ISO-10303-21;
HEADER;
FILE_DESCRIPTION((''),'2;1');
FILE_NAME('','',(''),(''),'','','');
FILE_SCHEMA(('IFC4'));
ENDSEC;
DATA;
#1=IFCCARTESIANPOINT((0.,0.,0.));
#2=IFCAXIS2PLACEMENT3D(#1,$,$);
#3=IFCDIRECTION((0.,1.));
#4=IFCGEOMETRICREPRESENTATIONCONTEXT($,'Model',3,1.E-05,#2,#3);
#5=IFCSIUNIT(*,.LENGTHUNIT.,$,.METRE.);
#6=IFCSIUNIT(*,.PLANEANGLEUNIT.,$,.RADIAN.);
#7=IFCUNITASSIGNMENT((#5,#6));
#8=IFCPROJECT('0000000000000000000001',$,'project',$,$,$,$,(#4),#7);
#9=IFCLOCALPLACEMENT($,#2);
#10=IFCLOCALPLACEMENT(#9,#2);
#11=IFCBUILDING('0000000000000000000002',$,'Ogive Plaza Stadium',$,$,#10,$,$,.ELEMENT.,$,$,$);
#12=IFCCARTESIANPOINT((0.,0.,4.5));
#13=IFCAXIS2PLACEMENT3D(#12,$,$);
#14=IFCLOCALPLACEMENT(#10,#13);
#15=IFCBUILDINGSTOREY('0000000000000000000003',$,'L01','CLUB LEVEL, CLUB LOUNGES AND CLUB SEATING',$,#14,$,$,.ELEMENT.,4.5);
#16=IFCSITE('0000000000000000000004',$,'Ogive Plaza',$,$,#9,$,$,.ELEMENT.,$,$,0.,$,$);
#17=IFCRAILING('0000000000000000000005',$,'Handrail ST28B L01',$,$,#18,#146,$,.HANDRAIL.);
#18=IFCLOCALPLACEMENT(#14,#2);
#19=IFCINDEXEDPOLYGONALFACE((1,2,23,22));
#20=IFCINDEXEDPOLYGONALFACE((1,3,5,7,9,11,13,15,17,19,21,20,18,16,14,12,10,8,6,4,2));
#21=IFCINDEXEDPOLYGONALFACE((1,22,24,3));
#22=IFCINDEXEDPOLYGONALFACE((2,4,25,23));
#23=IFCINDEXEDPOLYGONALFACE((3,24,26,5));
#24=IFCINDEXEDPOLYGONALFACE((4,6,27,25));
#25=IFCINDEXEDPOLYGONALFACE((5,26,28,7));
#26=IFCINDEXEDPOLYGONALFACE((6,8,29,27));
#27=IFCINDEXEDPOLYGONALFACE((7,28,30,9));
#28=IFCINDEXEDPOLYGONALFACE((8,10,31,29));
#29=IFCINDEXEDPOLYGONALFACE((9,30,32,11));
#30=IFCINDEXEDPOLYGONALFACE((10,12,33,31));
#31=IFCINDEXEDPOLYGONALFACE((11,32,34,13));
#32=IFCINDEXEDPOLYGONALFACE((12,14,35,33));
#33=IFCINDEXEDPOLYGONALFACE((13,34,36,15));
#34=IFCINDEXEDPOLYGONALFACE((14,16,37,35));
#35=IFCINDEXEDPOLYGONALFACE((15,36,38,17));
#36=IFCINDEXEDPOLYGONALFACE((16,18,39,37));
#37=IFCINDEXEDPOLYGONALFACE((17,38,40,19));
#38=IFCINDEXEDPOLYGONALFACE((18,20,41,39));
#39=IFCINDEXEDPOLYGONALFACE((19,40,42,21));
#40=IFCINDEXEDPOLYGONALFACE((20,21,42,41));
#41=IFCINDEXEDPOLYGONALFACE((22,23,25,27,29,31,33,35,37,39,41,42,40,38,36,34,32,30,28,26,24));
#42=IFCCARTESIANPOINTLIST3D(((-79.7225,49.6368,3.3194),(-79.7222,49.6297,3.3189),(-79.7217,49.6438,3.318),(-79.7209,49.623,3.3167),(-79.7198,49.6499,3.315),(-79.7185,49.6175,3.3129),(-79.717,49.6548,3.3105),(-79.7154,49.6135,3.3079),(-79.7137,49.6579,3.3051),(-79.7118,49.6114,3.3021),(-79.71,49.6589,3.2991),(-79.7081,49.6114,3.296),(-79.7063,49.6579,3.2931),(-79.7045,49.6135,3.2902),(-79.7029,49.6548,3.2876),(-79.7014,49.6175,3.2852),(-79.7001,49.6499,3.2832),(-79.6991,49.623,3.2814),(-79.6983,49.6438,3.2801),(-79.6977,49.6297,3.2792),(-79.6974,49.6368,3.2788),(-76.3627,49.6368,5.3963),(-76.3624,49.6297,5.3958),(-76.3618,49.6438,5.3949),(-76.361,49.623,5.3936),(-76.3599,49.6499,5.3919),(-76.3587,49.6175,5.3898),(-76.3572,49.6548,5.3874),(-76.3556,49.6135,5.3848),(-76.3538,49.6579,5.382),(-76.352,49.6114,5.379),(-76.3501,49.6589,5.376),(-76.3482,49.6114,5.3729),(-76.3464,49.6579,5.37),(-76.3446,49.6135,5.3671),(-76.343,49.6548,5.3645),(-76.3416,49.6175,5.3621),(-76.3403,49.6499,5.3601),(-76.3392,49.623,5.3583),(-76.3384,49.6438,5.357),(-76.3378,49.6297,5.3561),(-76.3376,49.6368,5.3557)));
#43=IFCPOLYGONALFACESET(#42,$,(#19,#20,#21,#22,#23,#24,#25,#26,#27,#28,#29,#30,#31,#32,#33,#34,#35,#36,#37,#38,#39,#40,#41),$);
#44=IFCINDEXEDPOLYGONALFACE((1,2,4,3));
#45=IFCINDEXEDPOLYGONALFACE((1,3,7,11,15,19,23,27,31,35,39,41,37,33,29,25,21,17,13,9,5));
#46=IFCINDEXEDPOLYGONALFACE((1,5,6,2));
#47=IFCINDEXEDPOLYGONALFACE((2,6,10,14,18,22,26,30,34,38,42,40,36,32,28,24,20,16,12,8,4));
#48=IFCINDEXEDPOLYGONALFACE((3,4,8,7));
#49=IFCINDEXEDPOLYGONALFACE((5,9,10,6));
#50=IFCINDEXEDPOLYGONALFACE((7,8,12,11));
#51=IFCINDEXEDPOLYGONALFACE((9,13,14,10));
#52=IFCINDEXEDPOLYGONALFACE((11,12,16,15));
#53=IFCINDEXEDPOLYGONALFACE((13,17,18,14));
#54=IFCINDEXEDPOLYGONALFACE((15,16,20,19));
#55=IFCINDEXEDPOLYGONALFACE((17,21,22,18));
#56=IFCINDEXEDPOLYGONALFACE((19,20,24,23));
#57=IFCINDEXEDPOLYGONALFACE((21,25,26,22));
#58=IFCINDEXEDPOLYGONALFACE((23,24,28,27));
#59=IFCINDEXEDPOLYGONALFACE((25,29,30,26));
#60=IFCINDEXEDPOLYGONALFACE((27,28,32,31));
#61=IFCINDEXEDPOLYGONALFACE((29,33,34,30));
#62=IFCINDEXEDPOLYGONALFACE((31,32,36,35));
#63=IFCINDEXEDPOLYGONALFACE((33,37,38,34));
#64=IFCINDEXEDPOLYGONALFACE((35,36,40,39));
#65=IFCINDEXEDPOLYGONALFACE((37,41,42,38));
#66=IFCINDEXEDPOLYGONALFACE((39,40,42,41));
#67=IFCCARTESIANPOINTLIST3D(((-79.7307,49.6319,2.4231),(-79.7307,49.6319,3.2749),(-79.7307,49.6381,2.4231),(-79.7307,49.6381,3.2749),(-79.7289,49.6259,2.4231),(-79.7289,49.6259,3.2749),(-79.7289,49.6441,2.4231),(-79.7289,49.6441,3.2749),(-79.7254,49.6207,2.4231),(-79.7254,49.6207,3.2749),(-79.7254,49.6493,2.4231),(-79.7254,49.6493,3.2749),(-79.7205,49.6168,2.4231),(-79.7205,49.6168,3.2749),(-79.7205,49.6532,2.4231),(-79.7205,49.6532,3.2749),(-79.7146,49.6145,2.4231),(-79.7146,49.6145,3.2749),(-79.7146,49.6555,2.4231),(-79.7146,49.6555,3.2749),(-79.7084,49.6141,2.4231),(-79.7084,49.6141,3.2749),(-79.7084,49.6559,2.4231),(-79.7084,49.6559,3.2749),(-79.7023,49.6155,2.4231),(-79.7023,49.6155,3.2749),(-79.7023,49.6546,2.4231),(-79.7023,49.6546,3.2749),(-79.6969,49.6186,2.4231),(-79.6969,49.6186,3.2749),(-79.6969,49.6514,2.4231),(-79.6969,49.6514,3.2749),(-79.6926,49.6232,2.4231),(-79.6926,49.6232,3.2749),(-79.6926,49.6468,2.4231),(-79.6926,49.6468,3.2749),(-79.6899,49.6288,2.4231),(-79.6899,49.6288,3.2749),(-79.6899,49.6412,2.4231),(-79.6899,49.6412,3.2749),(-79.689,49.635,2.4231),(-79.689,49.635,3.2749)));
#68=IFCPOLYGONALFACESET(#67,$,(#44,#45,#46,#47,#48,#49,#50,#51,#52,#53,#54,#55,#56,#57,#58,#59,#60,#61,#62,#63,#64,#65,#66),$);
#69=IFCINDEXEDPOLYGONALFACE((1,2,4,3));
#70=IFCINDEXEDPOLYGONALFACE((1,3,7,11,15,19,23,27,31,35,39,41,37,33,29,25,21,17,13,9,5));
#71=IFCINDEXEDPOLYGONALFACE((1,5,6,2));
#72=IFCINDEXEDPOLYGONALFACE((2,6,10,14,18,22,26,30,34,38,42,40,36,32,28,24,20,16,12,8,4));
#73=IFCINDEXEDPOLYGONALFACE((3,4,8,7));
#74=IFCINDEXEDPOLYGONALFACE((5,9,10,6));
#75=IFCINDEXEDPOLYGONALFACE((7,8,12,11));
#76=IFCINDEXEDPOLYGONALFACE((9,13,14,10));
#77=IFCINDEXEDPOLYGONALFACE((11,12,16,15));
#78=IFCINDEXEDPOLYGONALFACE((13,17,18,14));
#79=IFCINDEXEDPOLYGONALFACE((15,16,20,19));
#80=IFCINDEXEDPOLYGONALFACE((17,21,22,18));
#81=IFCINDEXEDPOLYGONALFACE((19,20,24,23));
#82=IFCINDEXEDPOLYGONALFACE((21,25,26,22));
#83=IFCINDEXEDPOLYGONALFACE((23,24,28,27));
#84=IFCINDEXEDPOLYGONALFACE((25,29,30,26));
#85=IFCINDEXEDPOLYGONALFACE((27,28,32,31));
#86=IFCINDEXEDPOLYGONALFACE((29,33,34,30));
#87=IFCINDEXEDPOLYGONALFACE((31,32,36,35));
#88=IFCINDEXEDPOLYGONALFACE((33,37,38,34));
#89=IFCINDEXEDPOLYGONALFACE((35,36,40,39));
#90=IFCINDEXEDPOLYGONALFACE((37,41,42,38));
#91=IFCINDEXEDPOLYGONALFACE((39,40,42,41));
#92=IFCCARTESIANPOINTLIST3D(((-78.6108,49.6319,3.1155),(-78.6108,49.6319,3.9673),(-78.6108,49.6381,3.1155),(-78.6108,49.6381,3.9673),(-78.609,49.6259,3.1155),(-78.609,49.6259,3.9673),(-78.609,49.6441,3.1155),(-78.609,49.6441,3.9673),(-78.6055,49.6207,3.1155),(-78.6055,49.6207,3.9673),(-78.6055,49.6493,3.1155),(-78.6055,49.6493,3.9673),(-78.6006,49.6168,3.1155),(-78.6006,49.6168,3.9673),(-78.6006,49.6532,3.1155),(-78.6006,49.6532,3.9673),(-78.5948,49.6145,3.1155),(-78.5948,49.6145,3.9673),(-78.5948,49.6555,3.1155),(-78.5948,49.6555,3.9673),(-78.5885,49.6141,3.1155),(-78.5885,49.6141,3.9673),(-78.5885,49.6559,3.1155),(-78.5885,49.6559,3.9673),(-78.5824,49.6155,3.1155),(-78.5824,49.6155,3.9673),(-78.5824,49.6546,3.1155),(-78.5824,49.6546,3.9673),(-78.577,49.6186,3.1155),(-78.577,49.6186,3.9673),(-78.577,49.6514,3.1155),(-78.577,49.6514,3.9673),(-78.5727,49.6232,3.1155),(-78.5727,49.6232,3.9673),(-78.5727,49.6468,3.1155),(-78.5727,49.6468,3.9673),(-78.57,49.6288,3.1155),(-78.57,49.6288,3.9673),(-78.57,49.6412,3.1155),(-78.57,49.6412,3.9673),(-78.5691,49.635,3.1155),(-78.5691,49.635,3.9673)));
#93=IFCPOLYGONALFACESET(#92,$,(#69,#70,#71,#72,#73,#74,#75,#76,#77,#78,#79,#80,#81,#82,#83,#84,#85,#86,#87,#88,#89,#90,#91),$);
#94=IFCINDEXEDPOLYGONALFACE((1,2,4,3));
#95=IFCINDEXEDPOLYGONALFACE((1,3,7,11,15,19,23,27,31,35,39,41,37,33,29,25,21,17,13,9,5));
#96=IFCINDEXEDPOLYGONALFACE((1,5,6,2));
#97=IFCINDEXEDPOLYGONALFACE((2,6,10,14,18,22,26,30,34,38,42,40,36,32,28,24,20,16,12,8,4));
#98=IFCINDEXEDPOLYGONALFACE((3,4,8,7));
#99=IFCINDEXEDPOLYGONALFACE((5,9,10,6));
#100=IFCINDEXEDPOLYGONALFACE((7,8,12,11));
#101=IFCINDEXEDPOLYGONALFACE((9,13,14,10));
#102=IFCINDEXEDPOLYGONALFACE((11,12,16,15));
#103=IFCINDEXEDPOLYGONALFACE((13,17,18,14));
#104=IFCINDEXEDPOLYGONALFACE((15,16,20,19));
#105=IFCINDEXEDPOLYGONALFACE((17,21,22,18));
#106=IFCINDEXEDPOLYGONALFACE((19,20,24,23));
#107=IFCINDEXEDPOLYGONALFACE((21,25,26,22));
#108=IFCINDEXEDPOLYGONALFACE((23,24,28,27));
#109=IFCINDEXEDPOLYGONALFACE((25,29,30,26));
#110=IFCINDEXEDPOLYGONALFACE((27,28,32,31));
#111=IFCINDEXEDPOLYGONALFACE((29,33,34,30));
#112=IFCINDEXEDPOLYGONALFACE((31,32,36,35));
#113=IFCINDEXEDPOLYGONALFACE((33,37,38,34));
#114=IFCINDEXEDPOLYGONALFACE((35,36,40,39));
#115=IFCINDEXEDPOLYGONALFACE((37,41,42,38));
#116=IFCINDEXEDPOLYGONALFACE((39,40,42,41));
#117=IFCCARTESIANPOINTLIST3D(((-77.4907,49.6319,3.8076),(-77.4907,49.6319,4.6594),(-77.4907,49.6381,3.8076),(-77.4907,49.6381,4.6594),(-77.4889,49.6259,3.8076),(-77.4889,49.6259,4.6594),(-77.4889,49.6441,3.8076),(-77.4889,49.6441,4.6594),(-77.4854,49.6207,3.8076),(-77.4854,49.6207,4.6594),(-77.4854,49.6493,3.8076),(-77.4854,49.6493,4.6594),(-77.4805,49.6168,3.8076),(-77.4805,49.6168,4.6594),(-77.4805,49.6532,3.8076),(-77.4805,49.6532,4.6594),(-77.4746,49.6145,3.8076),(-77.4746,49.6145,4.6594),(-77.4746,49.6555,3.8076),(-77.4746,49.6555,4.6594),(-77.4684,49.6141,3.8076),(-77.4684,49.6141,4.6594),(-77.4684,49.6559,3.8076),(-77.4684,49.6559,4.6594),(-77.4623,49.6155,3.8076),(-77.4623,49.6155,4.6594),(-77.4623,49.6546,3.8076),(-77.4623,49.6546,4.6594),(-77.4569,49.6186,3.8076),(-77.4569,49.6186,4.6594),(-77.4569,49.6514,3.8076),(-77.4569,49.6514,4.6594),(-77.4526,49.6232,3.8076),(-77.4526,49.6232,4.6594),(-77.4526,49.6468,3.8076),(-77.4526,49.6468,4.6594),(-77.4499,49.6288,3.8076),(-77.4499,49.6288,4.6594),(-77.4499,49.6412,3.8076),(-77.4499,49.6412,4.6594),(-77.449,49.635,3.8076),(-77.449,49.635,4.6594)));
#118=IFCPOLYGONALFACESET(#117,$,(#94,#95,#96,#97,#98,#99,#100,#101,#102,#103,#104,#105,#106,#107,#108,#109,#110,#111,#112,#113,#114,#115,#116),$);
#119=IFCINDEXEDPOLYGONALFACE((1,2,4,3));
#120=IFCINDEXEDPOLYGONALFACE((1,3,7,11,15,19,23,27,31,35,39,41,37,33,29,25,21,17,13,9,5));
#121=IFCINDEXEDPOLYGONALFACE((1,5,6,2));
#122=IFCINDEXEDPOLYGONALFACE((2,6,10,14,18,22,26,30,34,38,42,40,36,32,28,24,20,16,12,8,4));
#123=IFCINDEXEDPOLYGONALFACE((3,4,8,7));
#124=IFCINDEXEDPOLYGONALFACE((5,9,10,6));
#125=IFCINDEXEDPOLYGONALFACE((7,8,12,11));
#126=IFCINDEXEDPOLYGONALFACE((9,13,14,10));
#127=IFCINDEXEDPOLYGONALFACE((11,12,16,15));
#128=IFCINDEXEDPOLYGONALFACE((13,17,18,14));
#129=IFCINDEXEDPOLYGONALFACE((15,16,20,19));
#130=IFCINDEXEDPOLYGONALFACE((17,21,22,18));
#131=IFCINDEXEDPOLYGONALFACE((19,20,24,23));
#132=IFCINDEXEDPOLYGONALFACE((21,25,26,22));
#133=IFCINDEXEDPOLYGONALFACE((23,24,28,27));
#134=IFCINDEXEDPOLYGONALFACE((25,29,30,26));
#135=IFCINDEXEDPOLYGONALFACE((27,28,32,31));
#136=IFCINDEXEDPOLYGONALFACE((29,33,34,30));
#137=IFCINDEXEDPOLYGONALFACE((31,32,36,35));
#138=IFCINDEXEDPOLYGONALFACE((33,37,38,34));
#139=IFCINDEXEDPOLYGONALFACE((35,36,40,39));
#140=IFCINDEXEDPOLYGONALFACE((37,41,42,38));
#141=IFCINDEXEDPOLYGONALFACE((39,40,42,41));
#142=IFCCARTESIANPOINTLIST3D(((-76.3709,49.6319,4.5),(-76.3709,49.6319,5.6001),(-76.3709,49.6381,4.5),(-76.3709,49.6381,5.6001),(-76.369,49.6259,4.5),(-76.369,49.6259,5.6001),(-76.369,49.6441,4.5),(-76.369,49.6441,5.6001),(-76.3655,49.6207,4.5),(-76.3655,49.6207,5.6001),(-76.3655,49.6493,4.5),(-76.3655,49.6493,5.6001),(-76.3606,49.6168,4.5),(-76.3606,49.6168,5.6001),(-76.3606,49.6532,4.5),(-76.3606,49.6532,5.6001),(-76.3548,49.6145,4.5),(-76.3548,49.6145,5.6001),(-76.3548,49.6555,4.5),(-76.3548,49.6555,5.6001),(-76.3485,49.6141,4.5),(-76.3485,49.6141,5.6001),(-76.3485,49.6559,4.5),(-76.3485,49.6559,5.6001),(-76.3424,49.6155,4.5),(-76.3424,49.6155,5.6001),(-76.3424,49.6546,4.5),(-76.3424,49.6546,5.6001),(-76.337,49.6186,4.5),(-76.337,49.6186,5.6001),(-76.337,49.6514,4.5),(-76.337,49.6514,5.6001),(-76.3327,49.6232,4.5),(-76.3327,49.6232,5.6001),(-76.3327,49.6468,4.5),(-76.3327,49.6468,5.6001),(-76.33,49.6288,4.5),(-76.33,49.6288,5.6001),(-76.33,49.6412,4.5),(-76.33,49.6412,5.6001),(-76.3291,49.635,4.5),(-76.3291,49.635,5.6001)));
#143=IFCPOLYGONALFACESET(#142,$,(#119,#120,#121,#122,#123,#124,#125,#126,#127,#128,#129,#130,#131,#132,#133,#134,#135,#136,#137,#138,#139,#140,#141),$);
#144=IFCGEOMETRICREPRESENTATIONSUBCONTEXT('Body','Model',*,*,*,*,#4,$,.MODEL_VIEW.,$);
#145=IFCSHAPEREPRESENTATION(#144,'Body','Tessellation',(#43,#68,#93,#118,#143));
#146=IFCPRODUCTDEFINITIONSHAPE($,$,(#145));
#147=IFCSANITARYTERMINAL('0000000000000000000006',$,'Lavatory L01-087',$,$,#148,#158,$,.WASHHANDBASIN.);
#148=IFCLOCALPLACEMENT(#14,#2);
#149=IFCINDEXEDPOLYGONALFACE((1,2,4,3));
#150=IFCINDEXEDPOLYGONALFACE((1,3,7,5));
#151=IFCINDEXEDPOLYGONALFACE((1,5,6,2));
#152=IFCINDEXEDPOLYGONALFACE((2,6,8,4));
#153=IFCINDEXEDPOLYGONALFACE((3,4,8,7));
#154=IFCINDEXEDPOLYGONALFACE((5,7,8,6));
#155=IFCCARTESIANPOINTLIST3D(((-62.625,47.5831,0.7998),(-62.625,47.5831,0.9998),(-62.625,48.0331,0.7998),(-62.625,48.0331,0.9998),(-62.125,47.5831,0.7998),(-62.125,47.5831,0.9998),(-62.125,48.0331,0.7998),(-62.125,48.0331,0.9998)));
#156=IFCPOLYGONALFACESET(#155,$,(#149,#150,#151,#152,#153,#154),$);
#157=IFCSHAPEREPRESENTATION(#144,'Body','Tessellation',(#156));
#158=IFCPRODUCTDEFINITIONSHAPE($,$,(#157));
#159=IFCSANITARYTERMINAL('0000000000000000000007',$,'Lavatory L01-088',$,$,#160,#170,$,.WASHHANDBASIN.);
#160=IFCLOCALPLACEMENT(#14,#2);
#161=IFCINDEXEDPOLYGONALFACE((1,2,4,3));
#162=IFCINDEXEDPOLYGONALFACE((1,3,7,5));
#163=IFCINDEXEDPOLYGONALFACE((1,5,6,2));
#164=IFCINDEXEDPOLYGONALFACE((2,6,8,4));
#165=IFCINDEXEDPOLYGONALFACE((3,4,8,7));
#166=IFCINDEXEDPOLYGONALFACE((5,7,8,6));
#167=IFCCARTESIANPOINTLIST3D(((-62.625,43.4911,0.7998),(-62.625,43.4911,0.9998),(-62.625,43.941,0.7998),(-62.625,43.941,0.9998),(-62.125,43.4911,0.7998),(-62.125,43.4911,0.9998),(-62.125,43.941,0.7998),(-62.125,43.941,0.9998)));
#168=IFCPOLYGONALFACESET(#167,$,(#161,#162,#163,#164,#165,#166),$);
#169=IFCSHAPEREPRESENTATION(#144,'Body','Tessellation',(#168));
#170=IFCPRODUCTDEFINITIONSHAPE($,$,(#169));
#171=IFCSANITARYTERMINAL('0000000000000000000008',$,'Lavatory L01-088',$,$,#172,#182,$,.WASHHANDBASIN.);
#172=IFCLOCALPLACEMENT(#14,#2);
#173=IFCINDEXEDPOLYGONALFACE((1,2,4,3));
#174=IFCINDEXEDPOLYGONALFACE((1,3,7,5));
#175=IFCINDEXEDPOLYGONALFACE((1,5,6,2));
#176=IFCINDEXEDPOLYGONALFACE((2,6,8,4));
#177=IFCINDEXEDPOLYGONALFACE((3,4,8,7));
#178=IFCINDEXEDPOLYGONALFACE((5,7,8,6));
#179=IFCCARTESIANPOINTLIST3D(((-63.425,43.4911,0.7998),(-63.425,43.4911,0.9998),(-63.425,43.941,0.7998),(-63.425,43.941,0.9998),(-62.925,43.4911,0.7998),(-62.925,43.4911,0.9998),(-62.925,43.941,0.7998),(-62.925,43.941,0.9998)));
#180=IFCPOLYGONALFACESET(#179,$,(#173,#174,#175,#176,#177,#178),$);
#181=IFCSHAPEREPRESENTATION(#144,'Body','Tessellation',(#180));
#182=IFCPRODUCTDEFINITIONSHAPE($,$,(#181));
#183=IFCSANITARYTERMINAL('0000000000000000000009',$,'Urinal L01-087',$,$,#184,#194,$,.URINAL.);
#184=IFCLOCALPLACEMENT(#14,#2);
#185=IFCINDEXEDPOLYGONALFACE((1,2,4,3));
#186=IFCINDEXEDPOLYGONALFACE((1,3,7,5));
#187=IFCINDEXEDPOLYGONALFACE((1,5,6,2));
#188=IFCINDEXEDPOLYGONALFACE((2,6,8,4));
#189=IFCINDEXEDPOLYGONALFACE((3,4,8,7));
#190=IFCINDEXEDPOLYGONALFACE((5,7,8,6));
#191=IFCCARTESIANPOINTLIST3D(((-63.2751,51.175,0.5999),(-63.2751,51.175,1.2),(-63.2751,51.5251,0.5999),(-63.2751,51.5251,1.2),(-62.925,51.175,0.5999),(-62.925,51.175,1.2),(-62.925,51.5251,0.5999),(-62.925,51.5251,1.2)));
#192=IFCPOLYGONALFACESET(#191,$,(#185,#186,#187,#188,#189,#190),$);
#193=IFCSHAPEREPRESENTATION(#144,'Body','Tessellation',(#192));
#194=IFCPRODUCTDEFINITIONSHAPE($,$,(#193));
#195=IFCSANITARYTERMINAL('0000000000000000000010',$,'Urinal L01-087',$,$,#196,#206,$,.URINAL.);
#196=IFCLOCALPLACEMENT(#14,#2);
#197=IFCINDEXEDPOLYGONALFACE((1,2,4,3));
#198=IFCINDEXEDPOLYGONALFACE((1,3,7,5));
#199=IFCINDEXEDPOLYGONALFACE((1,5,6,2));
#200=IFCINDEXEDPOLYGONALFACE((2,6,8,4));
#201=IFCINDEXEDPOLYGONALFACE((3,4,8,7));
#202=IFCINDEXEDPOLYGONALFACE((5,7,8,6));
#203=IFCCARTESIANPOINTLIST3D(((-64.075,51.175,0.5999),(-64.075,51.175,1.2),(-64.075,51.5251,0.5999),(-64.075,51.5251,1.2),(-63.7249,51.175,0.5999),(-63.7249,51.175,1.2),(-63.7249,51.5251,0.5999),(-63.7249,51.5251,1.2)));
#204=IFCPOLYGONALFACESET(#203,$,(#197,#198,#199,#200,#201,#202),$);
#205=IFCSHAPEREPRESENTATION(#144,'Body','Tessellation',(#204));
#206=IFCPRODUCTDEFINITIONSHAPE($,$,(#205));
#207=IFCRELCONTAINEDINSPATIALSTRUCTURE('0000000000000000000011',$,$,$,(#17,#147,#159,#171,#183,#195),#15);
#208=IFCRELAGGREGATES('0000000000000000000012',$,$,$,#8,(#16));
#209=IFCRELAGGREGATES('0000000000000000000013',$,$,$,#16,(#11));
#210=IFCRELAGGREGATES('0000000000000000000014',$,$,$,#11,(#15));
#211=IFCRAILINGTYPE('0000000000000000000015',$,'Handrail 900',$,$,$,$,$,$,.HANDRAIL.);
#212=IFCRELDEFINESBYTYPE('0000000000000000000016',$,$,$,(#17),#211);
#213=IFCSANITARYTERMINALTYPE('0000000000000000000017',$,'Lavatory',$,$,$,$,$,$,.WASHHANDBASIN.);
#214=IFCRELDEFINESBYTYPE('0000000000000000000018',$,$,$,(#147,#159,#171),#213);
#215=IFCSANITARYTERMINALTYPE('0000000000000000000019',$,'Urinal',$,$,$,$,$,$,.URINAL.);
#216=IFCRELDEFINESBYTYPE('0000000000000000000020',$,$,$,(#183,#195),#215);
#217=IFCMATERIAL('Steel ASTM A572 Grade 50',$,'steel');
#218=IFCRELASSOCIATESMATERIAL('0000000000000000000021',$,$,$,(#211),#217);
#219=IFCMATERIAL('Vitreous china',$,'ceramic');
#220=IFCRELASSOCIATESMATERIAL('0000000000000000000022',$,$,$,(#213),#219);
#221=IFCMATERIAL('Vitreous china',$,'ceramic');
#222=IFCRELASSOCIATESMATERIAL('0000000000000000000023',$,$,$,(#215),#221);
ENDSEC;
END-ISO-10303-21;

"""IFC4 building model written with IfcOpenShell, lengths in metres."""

from ifc_helpers import new_model, si_unit, direction, frame, origin, origin_2d, place, context, subcontext, project, spatial, rectangle, circle, extrude, material, type_object, element, save


model = new_model("IFC4")

# Units and contexts
model_context = context("Model", 3, precision=1e-05, world=origin(), true_north=direction((0.0, 1.0)))
body_context = subcontext(model_context, "Body", "Model", "MODEL_VIEW")
ifc_project = project(units=[si_unit("LENGTHUNIT", "METRE"), si_unit("PLANEANGLEUNIT", "RADIAN")], contexts=[model_context])

# Site, building, storey
site_placement = place(None, origin())
site = spatial("IfcSite", under=ifc_project, at=site_placement, Name="Ogive Plaza", CompositionType="ELEMENT", RefElevation=0.0)
building_placement = place(site_placement, origin())
building = spatial("IfcBuilding", under=site, at=building_placement, Name="Ogive Plaza Stadium", CompositionType="ELEMENT")
storey_placement = place(building_placement, frame((0.0, 0.0, 4.5)))
storey = spatial("IfcBuildingStorey", under=building, at=storey_placement, Name="L01", Description="CLUB LEVEL, CLUB LOUNGES AND CLUB SEATING", CompositionType="ELEMENT", Elevation=4.5)

# Railing
ifc_material_1 = material(Name="Steel ASTM A572 Grade 50", Category="steel")
railing_type_1 = type_object("IfcRailingType", Name="Handrail 900", PredefinedType="HANDRAIL", material=ifc_material_1)
railing_placement = place(storey_placement, frame((-79.71, 49.635, 2.4231)))
element("IfcRailing", 1, at=railing_placement, inside=storey, type_object=railing_type_1, Name="Handrail ST28B L01", PredefinedType="HANDRAIL", context=body_context, shape_type="SweptSolid", body=[
    extrude(circle(Radius=0.0239, at=origin_2d()), frame((0.0, 0.0, 0.876), z_axis=(0.850606, 0.0, 0.525803), x_axis=(0.0, 1.0, 0.0)), (0.0, 0.0, 1.0), 3.95),
    extrude(circle(Radius=0.021, at=origin_2d()), origin(), (0.0, 0.0, 1.0), 0.8518),
    extrude(circle(Radius=0.021, at=origin_2d()), frame((1.1199, 0.0, 0.6924)), (0.0, 0.0, 1.0), 0.8518),
    extrude(circle(Radius=0.021, at=origin_2d()), frame((2.24, 0.0, 1.3845)), (0.0, 0.0, 1.0), 0.8518),
    extrude(circle(Radius=0.021, at=origin_2d()), frame((3.3599, 0.0, 2.0769)), (0.0, 0.0, 1.0), 1.1001),
])

# Sanitary terminals
ifc_material_2 = material(Name="Vitreous china", Category="ceramic")
sanitary_terminal_type_1 = type_object("IfcSanitaryTerminalType", Name="Lavatory", PredefinedType="WASHHANDBASIN", material=ifc_material_2)
for number, where, z_axis, x_axis, name in (
    (2, (-62.375, 47.8081, 0.7998), (0.0, 0.0, 1.0), (-1.0, 0.0, 0.0), "Lavatory L01-087"),
    (3, (-62.375, 43.7161, 0.7998), (0.0, 0.0, 1.0), (-1.0, 0.0, 0.0), "Lavatory L01-088"),
    (4, (-63.175, 43.7161, 0.7998), (0.0, 0.0, 1.0), (-1.0, 0.0, 0.0), "Lavatory L01-088"),
):
    element("IfcSanitaryTerminal", number, at=place(storey_placement, frame(where, z_axis=z_axis, x_axis=x_axis)), inside=storey, type_object=sanitary_terminal_type_1, Name=name, PredefinedType="WASHHANDBASIN", context=body_context, shape_type="SweptSolid", body=[
        extrude(rectangle(XDim=0.5, YDim=0.45, at=origin_2d()), origin(), (0.0, 0.0, 1.0), 0.2),
    ])
ifc_material_3 = material(Name="Vitreous china", Category="ceramic")
sanitary_terminal_type_2 = type_object("IfcSanitaryTerminalType", Name="Urinal", PredefinedType="URINAL", material=ifc_material_3)
for number, where, z_axis, x_axis, name in (
    (5, (-63.1001, 51.3501, 0.5999), (0.0, 0.0, 1.0), (-1.0, 0.0, 0.0), "Urinal L01-087"),
    (6, (-63.8999, 51.3501, 0.5999), (0.0, 0.0, 1.0), (-1.0, 0.0, 0.0), "Urinal L01-087"),
):
    element("IfcSanitaryTerminal", number, at=place(storey_placement, frame(where, z_axis=z_axis, x_axis=x_axis)), inside=storey, type_object=sanitary_terminal_type_2, Name=name, PredefinedType="URINAL", context=body_context, shape_type="SweptSolid", body=[
        extrude(rectangle(XDim=0.3501, YDim=0.3501, at=origin_2d()), origin(), (0.0, 0.0, 1.0), 0.6001),
    ])

save(model, "model.ifc")
